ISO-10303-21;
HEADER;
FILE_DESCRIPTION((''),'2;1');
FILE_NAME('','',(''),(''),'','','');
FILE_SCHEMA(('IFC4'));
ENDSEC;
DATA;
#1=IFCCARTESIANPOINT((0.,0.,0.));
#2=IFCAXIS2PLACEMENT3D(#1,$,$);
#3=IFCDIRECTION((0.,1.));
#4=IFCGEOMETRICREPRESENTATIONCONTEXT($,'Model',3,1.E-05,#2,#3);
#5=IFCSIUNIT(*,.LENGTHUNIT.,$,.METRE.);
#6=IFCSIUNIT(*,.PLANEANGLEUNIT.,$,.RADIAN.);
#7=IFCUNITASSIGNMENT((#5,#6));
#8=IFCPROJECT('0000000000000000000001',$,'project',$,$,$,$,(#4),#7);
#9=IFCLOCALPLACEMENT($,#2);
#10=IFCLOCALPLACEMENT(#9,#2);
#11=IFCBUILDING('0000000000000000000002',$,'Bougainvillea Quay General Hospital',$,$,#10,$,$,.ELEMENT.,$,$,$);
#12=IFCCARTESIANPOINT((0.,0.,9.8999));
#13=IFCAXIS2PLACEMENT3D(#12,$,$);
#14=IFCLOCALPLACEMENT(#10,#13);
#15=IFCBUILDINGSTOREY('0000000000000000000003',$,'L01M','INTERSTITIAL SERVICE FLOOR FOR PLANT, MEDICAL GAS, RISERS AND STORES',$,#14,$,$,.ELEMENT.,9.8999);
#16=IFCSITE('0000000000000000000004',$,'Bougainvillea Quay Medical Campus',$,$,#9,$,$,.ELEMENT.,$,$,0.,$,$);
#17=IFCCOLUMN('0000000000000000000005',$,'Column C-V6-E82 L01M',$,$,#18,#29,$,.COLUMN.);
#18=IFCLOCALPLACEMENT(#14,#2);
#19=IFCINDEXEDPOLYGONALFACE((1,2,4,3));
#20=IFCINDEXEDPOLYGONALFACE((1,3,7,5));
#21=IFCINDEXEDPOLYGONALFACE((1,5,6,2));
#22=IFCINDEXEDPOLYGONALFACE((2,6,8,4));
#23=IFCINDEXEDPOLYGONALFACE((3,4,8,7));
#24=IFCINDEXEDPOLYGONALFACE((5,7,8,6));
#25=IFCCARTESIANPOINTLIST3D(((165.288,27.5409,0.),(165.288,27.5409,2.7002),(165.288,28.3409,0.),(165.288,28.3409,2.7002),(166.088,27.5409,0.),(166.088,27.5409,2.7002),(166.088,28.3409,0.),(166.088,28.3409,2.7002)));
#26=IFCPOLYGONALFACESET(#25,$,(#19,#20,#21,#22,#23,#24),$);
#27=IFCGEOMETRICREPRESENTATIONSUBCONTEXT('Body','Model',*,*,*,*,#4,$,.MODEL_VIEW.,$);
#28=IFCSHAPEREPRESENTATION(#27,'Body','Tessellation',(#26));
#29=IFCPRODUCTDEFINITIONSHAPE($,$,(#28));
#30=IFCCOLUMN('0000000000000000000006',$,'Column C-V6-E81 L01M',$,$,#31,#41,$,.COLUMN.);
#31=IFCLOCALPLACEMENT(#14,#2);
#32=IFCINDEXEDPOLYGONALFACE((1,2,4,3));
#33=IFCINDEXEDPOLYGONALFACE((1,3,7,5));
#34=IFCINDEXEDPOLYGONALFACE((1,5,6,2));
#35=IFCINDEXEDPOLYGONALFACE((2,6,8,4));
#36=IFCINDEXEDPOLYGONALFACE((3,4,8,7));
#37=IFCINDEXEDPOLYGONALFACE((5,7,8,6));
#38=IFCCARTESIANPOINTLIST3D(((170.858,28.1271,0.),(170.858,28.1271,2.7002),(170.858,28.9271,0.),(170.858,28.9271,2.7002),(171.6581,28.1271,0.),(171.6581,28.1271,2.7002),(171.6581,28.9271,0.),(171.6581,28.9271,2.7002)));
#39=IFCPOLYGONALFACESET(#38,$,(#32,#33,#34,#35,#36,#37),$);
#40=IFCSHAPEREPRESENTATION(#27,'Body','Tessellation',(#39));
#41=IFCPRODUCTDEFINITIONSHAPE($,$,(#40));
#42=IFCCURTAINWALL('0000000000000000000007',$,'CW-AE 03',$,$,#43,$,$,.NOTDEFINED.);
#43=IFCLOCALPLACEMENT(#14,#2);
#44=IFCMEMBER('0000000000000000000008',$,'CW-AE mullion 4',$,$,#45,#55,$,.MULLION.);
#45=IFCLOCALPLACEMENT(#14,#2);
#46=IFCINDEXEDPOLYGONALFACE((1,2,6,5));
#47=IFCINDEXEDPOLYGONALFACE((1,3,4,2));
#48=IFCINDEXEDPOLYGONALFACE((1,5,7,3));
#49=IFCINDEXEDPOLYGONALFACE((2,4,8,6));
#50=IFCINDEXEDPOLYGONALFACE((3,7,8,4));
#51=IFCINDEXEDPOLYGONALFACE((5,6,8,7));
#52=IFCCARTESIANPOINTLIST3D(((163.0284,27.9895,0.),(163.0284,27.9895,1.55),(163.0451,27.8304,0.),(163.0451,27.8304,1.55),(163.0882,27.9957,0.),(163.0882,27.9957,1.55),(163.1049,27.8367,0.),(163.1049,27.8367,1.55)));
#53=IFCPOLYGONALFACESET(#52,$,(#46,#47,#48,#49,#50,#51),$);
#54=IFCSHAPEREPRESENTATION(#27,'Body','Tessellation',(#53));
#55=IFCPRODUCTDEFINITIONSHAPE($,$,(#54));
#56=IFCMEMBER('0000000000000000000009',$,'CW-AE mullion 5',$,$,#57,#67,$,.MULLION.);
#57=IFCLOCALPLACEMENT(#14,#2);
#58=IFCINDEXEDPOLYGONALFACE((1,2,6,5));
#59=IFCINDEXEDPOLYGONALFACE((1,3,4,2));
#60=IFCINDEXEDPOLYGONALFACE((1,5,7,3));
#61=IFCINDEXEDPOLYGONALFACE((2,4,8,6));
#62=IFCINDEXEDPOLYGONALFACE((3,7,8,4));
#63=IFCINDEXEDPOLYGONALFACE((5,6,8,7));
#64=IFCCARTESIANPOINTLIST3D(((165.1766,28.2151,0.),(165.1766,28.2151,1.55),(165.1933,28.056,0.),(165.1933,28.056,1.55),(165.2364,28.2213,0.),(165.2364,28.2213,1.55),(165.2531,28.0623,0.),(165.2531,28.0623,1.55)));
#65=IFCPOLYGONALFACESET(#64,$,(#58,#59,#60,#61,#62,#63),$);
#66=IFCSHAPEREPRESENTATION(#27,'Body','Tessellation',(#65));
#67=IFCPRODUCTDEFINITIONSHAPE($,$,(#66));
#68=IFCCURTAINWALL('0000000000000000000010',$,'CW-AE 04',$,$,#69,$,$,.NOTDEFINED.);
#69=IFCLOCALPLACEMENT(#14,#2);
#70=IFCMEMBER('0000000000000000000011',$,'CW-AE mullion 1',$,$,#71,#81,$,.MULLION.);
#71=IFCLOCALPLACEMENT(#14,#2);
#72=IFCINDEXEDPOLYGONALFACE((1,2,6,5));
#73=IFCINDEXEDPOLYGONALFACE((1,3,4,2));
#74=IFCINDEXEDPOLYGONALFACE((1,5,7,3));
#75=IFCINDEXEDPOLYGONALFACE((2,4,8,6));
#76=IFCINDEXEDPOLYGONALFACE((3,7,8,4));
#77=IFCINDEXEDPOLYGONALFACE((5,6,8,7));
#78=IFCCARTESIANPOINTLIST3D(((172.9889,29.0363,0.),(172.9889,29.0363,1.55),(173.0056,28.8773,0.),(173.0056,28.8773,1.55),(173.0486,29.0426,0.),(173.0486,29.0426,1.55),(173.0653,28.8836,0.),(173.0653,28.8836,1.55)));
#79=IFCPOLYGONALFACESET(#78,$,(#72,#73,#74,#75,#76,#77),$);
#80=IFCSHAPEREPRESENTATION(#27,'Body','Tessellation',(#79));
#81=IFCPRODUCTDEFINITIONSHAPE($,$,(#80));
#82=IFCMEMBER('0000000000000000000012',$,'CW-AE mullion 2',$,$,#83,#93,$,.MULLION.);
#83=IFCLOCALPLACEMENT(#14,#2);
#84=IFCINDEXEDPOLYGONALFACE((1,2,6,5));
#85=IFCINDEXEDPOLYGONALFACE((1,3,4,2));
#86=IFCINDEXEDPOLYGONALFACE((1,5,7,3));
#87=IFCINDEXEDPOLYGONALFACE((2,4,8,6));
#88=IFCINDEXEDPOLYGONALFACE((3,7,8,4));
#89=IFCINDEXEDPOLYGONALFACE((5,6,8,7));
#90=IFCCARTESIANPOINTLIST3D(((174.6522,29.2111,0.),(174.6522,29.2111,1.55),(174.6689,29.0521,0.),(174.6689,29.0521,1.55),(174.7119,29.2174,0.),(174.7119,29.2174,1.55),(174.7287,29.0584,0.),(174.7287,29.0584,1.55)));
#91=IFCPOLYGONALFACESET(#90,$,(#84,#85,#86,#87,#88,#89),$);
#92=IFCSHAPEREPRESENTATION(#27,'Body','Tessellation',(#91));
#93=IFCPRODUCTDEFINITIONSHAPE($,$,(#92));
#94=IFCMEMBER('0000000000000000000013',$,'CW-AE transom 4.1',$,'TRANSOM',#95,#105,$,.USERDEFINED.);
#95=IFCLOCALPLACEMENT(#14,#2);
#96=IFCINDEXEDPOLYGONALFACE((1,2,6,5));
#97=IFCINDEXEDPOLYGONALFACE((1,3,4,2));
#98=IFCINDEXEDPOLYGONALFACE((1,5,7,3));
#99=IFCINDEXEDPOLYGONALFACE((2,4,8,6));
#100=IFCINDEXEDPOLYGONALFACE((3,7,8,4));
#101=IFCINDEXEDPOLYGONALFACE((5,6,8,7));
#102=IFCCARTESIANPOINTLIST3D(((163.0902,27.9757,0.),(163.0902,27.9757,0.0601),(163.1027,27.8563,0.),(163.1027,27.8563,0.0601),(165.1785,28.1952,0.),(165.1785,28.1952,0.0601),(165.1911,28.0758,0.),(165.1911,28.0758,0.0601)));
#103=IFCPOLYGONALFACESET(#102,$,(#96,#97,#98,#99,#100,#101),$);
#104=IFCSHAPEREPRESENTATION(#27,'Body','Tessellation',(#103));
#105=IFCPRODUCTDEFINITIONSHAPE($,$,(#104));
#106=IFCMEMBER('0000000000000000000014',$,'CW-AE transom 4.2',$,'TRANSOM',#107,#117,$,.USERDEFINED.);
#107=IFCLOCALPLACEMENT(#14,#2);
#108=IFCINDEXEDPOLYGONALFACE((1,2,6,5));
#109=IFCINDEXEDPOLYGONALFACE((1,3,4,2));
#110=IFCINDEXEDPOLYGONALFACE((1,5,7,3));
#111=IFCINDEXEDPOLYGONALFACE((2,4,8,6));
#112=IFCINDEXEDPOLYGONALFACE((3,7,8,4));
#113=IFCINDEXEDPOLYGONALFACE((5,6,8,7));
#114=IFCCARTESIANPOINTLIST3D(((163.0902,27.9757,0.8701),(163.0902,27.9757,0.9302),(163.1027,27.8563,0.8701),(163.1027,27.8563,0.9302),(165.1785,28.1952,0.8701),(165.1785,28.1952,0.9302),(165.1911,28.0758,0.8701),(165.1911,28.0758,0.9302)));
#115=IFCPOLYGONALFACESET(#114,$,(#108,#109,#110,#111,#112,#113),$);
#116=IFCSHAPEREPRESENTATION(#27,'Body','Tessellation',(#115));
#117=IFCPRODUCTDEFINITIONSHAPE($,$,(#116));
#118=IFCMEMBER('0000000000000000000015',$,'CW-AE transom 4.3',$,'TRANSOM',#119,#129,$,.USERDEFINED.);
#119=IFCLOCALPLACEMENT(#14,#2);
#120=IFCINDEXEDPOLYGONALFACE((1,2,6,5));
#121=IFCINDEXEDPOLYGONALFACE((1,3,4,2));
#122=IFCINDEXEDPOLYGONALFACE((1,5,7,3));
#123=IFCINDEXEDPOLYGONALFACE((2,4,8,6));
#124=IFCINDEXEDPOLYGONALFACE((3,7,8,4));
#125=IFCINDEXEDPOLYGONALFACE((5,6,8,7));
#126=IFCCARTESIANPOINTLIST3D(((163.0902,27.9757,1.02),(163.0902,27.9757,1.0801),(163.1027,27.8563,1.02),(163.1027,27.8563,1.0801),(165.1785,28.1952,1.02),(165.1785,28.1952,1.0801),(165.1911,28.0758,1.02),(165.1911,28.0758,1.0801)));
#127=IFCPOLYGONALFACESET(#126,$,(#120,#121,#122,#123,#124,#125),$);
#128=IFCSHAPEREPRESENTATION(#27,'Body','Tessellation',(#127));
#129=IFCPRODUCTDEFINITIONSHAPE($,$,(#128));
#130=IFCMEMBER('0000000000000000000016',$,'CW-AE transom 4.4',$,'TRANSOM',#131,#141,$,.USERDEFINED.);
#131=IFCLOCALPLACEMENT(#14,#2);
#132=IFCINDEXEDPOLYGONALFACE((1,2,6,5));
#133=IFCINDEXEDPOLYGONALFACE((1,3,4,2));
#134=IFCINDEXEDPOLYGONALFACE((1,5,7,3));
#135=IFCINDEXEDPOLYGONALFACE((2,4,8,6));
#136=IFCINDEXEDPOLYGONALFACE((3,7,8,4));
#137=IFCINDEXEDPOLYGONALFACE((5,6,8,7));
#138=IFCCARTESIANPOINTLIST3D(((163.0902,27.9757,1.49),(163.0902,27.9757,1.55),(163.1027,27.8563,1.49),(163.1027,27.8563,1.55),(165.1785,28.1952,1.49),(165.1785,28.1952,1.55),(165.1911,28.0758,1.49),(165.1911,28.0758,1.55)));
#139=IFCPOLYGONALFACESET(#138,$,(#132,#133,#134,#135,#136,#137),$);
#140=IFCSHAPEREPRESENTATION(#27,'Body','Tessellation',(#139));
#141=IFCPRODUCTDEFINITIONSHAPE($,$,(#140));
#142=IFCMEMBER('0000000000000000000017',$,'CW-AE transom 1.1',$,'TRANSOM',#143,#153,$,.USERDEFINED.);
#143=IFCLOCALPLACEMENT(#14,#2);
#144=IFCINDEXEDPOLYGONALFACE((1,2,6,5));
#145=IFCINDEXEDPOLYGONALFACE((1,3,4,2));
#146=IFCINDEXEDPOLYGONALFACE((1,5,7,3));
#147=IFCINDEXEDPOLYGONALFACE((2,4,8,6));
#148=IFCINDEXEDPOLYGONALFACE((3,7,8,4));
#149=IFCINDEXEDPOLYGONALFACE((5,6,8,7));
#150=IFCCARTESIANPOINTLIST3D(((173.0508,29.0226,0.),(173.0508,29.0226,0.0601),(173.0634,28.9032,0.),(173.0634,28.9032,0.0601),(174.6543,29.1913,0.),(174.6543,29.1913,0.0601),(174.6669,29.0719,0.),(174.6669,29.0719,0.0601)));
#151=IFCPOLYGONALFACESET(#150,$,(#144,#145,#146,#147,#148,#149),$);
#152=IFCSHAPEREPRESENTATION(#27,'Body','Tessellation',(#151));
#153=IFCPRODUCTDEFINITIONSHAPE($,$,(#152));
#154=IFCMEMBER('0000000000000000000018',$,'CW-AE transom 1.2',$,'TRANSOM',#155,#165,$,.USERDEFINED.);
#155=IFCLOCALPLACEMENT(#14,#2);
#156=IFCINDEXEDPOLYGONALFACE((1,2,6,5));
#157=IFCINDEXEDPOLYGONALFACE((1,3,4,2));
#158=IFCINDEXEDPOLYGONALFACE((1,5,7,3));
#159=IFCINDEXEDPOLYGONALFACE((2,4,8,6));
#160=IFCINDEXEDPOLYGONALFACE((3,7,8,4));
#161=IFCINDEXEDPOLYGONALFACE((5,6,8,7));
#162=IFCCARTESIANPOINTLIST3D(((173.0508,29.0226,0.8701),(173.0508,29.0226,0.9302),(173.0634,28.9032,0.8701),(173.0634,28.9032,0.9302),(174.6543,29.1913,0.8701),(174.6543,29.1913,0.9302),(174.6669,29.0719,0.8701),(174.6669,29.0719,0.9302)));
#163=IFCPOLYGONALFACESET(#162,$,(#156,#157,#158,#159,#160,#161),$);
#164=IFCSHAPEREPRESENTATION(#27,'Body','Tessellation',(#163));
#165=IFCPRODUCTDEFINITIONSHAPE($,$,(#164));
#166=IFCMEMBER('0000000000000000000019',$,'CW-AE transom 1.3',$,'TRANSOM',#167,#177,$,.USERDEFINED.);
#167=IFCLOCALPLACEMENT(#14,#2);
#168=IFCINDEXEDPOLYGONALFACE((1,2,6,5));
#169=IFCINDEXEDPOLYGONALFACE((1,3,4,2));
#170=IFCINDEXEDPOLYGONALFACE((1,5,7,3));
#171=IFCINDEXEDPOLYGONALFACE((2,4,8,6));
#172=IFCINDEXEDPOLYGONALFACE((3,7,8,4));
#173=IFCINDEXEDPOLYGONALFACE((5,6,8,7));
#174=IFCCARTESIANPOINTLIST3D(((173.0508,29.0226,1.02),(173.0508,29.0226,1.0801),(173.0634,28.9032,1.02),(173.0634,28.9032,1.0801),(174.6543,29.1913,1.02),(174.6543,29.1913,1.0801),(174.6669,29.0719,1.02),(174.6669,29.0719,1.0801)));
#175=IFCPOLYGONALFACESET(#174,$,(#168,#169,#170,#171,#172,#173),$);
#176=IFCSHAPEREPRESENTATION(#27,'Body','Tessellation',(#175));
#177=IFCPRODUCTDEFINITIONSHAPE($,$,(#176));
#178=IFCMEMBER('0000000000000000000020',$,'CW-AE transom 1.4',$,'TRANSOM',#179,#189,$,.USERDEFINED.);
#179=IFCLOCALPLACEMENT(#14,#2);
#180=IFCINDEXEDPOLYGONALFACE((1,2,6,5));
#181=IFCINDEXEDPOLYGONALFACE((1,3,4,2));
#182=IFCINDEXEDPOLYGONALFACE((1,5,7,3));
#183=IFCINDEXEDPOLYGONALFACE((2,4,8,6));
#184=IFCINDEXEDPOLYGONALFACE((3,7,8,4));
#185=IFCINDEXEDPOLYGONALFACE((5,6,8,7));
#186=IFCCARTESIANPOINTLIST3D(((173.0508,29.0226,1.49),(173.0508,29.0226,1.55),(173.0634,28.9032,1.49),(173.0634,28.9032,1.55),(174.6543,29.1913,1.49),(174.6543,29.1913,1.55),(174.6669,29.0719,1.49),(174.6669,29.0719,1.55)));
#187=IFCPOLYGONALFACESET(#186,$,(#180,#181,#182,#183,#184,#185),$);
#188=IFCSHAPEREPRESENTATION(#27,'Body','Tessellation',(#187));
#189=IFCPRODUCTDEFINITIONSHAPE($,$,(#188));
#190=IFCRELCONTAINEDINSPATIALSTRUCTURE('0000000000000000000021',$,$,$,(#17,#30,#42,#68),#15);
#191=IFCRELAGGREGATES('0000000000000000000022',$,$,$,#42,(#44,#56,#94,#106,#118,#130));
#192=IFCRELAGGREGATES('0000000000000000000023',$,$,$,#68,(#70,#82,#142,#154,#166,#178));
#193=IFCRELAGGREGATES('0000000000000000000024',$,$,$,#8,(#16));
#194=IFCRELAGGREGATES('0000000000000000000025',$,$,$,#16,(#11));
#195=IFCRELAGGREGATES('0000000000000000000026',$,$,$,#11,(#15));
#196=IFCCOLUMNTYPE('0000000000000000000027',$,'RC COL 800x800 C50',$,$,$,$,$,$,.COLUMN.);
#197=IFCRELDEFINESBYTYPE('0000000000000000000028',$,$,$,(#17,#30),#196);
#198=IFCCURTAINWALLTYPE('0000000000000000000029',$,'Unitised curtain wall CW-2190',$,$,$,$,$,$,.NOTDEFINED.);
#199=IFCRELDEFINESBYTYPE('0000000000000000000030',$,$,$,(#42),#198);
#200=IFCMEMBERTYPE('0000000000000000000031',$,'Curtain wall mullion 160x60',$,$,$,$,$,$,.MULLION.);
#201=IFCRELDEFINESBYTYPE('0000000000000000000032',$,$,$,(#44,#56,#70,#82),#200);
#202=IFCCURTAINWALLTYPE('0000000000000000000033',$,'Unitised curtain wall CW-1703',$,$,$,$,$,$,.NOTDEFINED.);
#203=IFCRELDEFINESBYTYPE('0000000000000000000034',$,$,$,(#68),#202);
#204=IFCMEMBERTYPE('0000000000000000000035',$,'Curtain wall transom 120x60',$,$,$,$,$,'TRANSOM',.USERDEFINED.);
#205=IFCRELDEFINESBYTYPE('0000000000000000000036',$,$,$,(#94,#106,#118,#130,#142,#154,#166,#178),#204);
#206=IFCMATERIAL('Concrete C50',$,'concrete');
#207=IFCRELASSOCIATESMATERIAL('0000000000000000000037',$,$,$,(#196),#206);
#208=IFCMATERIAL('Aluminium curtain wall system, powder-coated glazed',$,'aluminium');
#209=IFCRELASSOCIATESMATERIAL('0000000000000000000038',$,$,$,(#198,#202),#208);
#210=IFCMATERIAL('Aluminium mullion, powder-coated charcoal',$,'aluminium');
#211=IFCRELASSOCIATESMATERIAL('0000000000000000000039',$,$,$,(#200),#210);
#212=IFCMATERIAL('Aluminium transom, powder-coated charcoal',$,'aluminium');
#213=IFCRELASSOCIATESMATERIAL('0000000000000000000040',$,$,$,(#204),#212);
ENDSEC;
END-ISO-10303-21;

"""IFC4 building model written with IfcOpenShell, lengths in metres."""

from ifc_helpers import new_model, si_unit, direction, frame, origin, origin_2d, place, context, subcontext, project, spatial, rectangle, extrude, material, material_profile, profile_set, type_object, element, aggregate, save


model = new_model("IFC4")

# Units and contexts
model_context = context("Model", 3, precision=1e-05, world=origin(), true_north=direction((0.0, 1.0)))
body_context = subcontext(model_context, "Body", "Model", "MODEL_VIEW")
ifc_project = project(units=[si_unit("LENGTHUNIT", "METRE"), si_unit("PLANEANGLEUNIT", "RADIAN")], contexts=[model_context])

# Site, building, storey
site_placement = place(None, origin())
site = spatial("IfcSite", under=ifc_project, at=site_placement, Name="Bougainvillea Quay Medical Campus", CompositionType="ELEMENT", RefElevation=0.0)
building_placement = place(site_placement, origin())
building = spatial("IfcBuilding", under=site, at=building_placement, Name="Bougainvillea Quay General Hospital", CompositionType="ELEMENT")
storey_placement = place(building_placement, frame((0.0, 0.0, 9.8999)))
storey = spatial("IfcBuildingStorey", under=building, at=storey_placement, Name="L01M", Description="INTERSTITIAL SERVICE FLOOR FOR PLANT, MEDICAL GAS, RISERS AND STORES", CompositionType="ELEMENT", Elevation=9.8999)

# Columns
ifc_material_1 = material(Name="Concrete C50", Category="concrete")
ifc_material_profile_1 = material_profile(ifc_material_1, rectangle(XDim=0.8, YDim=0.8, at=origin_2d()))
ifc_profile_set_1 = profile_set([ifc_material_profile_1], Name="Concrete C50")
column_type = type_object("IfcColumnType", Name="RC COL 800x800 C50", PredefinedType="COLUMN", material=ifc_profile_set_1)
for number, where, z_axis, x_axis, name in (
    (1, (165.688, 27.9409, 0.0), (0.0, 0.0, 1.0), (1.0, 0.0, 0.0), "Column C-V6-E82 L01M"),
    (2, (171.2581, 28.5271, 0.0), (0.0, 0.0, 1.0), (1.0, 0.0, 0.0), "Column C-V6-E81 L01M"),
):
    element("IfcColumn", number, at=place(storey_placement, frame(where, z_axis=z_axis, x_axis=x_axis)), inside=storey, type_object=column_type, Name=name, PredefinedType="COLUMN", context=body_context, shape_type="SweptSolid", body=[
        extrude(rectangle(XDim=0.8, YDim=0.8, at=origin_2d()), origin(), (0.0, 0.0, 1.0), 2.7002),
    ])

# Curtain walls, members
ifc_material_2 = material(Name="Aluminium curtain wall system, powder-coated glazed", Category="aluminium")
curtain_wall_type_1 = type_object("IfcCurtainWallType", Name="Unitised curtain wall CW-2190", PredefinedType="NOTDEFINED", material=ifc_material_2)
curtain_wall_1_placement = place(storey_placement, origin())
curtain_wall_1 = element("IfcCurtainWall", 3, at=curtain_wall_1_placement, inside=storey, type_object=curtain_wall_type_1, Name="CW-AE 03", PredefinedType="NOTDEFINED")
ifc_material_3 = material(Name="Aluminium mullion, powder-coated charcoal", Category="aluminium")
ifc_material_profile_2 = material_profile(ifc_material_3, rectangle(XDim=0.1599, YDim=0.0601, at=origin_2d()))
ifc_profile_set_2 = profile_set([ifc_material_profile_2], Name="Aluminium mullion, powder-coated charcoal")
member_type_1 = type_object("IfcMemberType", Name="Curtain wall mullion 160x60", PredefinedType="MULLION", material=ifc_profile_set_2)
member_1_placement = place(storey_placement, frame((163.0667, 27.9131, 0.0), z_axis=(0.0, 0.0, 1.0), x_axis=(-0.104527, 0.994522, 0.0)))
member_1 = element("IfcMember", 4, at=member_1_placement, type_object=member_type_1, Name="CW-AE mullion 4", PredefinedType="MULLION", context=body_context, shape_type="SweptSolid", body=[
    extrude(rectangle(XDim=0.1599, YDim=0.0601, at=origin_2d()), origin(), (0.0, 0.0, 1.0), 1.55),
])
member_2_placement = place(storey_placement, frame((165.2148, 28.1387, 0.0), z_axis=(0.0, 0.0, 1.0), x_axis=(-0.104527, 0.994522, 0.0)))
member_2 = element("IfcMember", 5, at=member_2_placement, type_object=member_type_1, Name="CW-AE mullion 5", PredefinedType="MULLION", context=body_context, shape_type="SweptSolid", body=[
    extrude(rectangle(XDim=0.1599, YDim=0.0601, at=origin_2d()), origin(), (0.0, 0.0, 1.0), 1.55),
])
curtain_wall_type_2 = type_object("IfcCurtainWallType", Name="Unitised curtain wall CW-1703", PredefinedType="NOTDEFINED", material=ifc_material_2)
curtain_wall_2_placement = place(storey_placement, origin())
curtain_wall_2 = element("IfcCurtainWall", 6, at=curtain_wall_2_placement, inside=storey, type_object=curtain_wall_type_2, Name="CW-AE 04", PredefinedType="NOTDEFINED")
member_3_placement = place(storey_placement, frame((173.0271, 28.96, 0.0), z_axis=(0.0, 0.0, 1.0), x_axis=(-0.104527, 0.994522, 0.0)))
member_3 = element("IfcMember", 7, at=member_3_placement, type_object=member_type_1, Name="CW-AE mullion 1", PredefinedType="MULLION", context=body_context, shape_type="SweptSolid", body=[
    extrude(rectangle(XDim=0.1599, YDim=0.0601, at=origin_2d()), origin(), (0.0, 0.0, 1.0), 1.55),
])
member_4_placement = place(storey_placement, frame((174.6904, 29.1348, 0.0), z_axis=(0.0, 0.0, 1.0), x_axis=(-0.104527, 0.994522, 0.0)))
member_4 = element("IfcMember", 8, at=member_4_placement, type_object=member_type_1, Name="CW-AE mullion 2", PredefinedType="MULLION", context=body_context, shape_type="SweptSolid", body=[
    extrude(rectangle(XDim=0.1599, YDim=0.0601, at=origin_2d()), origin(), (0.0, 0.0, 1.0), 1.55),
])

# Members
ifc_material_4 = material(Name="Aluminium transom, powder-coated charcoal", Category="aluminium")
ifc_material_profile_3 = material_profile(ifc_material_4, rectangle(XDim=0.1201, YDim=0.0601, at=origin_2d()))
ifc_profile_set_3 = profile_set([ifc_material_profile_3], Name="Aluminium transom, powder-coated charcoal")
member_type_2 = type_object("IfcMemberType", Name="Curtain wall transom 120x60", ElementType="TRANSOM", PredefinedType="USERDEFINED", material=ifc_profile_set_3)
member_5_placement = place(storey_placement, frame((163.0964, 27.916, 0.03), z_axis=(0.994523, 0.104521, 0.0), x_axis=(-0.104521, 0.994523, 0.0)))
member_5 = element("IfcMember", 9, at=member_5_placement, type_object=member_type_2, Name="CW-AE transom 4.1", ObjectType="TRANSOM", PredefinedType="USERDEFINED", context=body_context, shape_type="SweptSolid", body=[
    extrude(rectangle(XDim=0.1201, YDim=0.0601, at=origin_2d()), origin(), (0.0, 0.0, 1.0), 2.0999),
])
member_6_placement = place(storey_placement, frame((163.0964, 27.916, 0.9001), z_axis=(0.994523, 0.104521, 0.0), x_axis=(-0.104521, 0.994523, 0.0)))
member_6 = element("IfcMember", 10, at=member_6_placement, type_object=member_type_2, Name="CW-AE transom 4.2", ObjectType="TRANSOM", PredefinedType="USERDEFINED", context=body_context, shape_type="SweptSolid", body=[
    extrude(rectangle(XDim=0.1201, YDim=0.0601, at=origin_2d()), origin(), (0.0, 0.0, 1.0), 2.0999),
])
member_7_placement = place(storey_placement, frame((163.0964, 27.916, 1.05), z_axis=(0.994523, 0.104521, 0.0), x_axis=(-0.104521, 0.994523, 0.0)))
member_7 = element("IfcMember", 11, at=member_7_placement, type_object=member_type_2, Name="CW-AE transom 4.3", ObjectType="TRANSOM", PredefinedType="USERDEFINED", context=body_context, shape_type="SweptSolid", body=[
    extrude(rectangle(XDim=0.1201, YDim=0.0601, at=origin_2d()), origin(), (0.0, 0.0, 1.0), 2.0999),
])
member_8_placement = place(storey_placement, frame((163.0964, 27.916, 1.52), z_axis=(0.994523, 0.104521, 0.0), x_axis=(-0.104521, 0.994523, 0.0)))
member_8 = element("IfcMember", 12, at=member_8_placement, type_object=member_type_2, Name="CW-AE transom 4.4", ObjectType="TRANSOM", PredefinedType="USERDEFINED", context=body_context, shape_type="SweptSolid", body=[
    extrude(rectangle(XDim=0.1201, YDim=0.0601, at=origin_2d()), origin(), (0.0, 0.0, 1.0), 2.0999),
])
member_9_placement = place(storey_placement, frame((173.0571, 28.9629, 0.03), z_axis=(0.994511, 0.10463, 0.0), x_axis=(-0.10463, 0.994511, 0.0)))
member_9 = element("IfcMember", 13, at=member_9_placement, type_object=member_type_2, Name="CW-AE transom 1.1", ObjectType="TRANSOM", PredefinedType="USERDEFINED", context=body_context, shape_type="SweptSolid", body=[
    extrude(rectangle(XDim=0.1201, YDim=0.0601, at=origin_2d()), origin(), (0.0, 0.0, 1.0), 1.6123),
])
member_10_placement = place(storey_placement, frame((173.0571, 28.9629, 0.9001), z_axis=(0.994511, 0.10463, 0.0), x_axis=(-0.10463, 0.994511, 0.0)))
member_10 = element("IfcMember", 14, at=member_10_placement, type_object=member_type_2, Name="CW-AE transom 1.2", ObjectType="TRANSOM", PredefinedType="USERDEFINED", context=body_context, shape_type="SweptSolid", body=[
    extrude(rectangle(XDim=0.1201, YDim=0.0601, at=origin_2d()), origin(), (0.0, 0.0, 1.0), 1.6123),
])
member_11_placement = place(storey_placement, frame((173.0571, 28.9629, 1.05), z_axis=(0.994511, 0.10463, 0.0), x_axis=(-0.10463, 0.994511, 0.0)))
member_11 = element("IfcMember", 15, at=member_11_placement, type_object=member_type_2, Name="CW-AE transom 1.3", ObjectType="TRANSOM", PredefinedType="USERDEFINED", context=body_context, shape_type="SweptSolid", body=[
    extrude(rectangle(XDim=0.1201, YDim=0.0601, at=origin_2d()), origin(), (0.0, 0.0, 1.0), 1.6123),
])
member_12_placement = place(storey_placement, frame((173.0571, 28.9629, 1.52), z_axis=(0.994511, 0.10463, 0.0), x_axis=(-0.10463, 0.994511, 0.0)))
member_12 = element("IfcMember", 16, at=member_12_placement, type_object=member_type_2, Name="CW-AE transom 1.4", ObjectType="TRANSOM", PredefinedType="USERDEFINED", context=body_context, shape_type="SweptSolid", body=[
    extrude(rectangle(XDim=0.1201, YDim=0.0601, at=origin_2d()), origin(), (0.0, 0.0, 1.0), 1.6123),
])

aggregate(curtain_wall_1, [member_1, member_2, member_5, member_6, member_7, member_8])
aggregate(curtain_wall_2, [member_3, member_4, member_9, member_10, member_11, member_12])

save(model, "model.ifc")
